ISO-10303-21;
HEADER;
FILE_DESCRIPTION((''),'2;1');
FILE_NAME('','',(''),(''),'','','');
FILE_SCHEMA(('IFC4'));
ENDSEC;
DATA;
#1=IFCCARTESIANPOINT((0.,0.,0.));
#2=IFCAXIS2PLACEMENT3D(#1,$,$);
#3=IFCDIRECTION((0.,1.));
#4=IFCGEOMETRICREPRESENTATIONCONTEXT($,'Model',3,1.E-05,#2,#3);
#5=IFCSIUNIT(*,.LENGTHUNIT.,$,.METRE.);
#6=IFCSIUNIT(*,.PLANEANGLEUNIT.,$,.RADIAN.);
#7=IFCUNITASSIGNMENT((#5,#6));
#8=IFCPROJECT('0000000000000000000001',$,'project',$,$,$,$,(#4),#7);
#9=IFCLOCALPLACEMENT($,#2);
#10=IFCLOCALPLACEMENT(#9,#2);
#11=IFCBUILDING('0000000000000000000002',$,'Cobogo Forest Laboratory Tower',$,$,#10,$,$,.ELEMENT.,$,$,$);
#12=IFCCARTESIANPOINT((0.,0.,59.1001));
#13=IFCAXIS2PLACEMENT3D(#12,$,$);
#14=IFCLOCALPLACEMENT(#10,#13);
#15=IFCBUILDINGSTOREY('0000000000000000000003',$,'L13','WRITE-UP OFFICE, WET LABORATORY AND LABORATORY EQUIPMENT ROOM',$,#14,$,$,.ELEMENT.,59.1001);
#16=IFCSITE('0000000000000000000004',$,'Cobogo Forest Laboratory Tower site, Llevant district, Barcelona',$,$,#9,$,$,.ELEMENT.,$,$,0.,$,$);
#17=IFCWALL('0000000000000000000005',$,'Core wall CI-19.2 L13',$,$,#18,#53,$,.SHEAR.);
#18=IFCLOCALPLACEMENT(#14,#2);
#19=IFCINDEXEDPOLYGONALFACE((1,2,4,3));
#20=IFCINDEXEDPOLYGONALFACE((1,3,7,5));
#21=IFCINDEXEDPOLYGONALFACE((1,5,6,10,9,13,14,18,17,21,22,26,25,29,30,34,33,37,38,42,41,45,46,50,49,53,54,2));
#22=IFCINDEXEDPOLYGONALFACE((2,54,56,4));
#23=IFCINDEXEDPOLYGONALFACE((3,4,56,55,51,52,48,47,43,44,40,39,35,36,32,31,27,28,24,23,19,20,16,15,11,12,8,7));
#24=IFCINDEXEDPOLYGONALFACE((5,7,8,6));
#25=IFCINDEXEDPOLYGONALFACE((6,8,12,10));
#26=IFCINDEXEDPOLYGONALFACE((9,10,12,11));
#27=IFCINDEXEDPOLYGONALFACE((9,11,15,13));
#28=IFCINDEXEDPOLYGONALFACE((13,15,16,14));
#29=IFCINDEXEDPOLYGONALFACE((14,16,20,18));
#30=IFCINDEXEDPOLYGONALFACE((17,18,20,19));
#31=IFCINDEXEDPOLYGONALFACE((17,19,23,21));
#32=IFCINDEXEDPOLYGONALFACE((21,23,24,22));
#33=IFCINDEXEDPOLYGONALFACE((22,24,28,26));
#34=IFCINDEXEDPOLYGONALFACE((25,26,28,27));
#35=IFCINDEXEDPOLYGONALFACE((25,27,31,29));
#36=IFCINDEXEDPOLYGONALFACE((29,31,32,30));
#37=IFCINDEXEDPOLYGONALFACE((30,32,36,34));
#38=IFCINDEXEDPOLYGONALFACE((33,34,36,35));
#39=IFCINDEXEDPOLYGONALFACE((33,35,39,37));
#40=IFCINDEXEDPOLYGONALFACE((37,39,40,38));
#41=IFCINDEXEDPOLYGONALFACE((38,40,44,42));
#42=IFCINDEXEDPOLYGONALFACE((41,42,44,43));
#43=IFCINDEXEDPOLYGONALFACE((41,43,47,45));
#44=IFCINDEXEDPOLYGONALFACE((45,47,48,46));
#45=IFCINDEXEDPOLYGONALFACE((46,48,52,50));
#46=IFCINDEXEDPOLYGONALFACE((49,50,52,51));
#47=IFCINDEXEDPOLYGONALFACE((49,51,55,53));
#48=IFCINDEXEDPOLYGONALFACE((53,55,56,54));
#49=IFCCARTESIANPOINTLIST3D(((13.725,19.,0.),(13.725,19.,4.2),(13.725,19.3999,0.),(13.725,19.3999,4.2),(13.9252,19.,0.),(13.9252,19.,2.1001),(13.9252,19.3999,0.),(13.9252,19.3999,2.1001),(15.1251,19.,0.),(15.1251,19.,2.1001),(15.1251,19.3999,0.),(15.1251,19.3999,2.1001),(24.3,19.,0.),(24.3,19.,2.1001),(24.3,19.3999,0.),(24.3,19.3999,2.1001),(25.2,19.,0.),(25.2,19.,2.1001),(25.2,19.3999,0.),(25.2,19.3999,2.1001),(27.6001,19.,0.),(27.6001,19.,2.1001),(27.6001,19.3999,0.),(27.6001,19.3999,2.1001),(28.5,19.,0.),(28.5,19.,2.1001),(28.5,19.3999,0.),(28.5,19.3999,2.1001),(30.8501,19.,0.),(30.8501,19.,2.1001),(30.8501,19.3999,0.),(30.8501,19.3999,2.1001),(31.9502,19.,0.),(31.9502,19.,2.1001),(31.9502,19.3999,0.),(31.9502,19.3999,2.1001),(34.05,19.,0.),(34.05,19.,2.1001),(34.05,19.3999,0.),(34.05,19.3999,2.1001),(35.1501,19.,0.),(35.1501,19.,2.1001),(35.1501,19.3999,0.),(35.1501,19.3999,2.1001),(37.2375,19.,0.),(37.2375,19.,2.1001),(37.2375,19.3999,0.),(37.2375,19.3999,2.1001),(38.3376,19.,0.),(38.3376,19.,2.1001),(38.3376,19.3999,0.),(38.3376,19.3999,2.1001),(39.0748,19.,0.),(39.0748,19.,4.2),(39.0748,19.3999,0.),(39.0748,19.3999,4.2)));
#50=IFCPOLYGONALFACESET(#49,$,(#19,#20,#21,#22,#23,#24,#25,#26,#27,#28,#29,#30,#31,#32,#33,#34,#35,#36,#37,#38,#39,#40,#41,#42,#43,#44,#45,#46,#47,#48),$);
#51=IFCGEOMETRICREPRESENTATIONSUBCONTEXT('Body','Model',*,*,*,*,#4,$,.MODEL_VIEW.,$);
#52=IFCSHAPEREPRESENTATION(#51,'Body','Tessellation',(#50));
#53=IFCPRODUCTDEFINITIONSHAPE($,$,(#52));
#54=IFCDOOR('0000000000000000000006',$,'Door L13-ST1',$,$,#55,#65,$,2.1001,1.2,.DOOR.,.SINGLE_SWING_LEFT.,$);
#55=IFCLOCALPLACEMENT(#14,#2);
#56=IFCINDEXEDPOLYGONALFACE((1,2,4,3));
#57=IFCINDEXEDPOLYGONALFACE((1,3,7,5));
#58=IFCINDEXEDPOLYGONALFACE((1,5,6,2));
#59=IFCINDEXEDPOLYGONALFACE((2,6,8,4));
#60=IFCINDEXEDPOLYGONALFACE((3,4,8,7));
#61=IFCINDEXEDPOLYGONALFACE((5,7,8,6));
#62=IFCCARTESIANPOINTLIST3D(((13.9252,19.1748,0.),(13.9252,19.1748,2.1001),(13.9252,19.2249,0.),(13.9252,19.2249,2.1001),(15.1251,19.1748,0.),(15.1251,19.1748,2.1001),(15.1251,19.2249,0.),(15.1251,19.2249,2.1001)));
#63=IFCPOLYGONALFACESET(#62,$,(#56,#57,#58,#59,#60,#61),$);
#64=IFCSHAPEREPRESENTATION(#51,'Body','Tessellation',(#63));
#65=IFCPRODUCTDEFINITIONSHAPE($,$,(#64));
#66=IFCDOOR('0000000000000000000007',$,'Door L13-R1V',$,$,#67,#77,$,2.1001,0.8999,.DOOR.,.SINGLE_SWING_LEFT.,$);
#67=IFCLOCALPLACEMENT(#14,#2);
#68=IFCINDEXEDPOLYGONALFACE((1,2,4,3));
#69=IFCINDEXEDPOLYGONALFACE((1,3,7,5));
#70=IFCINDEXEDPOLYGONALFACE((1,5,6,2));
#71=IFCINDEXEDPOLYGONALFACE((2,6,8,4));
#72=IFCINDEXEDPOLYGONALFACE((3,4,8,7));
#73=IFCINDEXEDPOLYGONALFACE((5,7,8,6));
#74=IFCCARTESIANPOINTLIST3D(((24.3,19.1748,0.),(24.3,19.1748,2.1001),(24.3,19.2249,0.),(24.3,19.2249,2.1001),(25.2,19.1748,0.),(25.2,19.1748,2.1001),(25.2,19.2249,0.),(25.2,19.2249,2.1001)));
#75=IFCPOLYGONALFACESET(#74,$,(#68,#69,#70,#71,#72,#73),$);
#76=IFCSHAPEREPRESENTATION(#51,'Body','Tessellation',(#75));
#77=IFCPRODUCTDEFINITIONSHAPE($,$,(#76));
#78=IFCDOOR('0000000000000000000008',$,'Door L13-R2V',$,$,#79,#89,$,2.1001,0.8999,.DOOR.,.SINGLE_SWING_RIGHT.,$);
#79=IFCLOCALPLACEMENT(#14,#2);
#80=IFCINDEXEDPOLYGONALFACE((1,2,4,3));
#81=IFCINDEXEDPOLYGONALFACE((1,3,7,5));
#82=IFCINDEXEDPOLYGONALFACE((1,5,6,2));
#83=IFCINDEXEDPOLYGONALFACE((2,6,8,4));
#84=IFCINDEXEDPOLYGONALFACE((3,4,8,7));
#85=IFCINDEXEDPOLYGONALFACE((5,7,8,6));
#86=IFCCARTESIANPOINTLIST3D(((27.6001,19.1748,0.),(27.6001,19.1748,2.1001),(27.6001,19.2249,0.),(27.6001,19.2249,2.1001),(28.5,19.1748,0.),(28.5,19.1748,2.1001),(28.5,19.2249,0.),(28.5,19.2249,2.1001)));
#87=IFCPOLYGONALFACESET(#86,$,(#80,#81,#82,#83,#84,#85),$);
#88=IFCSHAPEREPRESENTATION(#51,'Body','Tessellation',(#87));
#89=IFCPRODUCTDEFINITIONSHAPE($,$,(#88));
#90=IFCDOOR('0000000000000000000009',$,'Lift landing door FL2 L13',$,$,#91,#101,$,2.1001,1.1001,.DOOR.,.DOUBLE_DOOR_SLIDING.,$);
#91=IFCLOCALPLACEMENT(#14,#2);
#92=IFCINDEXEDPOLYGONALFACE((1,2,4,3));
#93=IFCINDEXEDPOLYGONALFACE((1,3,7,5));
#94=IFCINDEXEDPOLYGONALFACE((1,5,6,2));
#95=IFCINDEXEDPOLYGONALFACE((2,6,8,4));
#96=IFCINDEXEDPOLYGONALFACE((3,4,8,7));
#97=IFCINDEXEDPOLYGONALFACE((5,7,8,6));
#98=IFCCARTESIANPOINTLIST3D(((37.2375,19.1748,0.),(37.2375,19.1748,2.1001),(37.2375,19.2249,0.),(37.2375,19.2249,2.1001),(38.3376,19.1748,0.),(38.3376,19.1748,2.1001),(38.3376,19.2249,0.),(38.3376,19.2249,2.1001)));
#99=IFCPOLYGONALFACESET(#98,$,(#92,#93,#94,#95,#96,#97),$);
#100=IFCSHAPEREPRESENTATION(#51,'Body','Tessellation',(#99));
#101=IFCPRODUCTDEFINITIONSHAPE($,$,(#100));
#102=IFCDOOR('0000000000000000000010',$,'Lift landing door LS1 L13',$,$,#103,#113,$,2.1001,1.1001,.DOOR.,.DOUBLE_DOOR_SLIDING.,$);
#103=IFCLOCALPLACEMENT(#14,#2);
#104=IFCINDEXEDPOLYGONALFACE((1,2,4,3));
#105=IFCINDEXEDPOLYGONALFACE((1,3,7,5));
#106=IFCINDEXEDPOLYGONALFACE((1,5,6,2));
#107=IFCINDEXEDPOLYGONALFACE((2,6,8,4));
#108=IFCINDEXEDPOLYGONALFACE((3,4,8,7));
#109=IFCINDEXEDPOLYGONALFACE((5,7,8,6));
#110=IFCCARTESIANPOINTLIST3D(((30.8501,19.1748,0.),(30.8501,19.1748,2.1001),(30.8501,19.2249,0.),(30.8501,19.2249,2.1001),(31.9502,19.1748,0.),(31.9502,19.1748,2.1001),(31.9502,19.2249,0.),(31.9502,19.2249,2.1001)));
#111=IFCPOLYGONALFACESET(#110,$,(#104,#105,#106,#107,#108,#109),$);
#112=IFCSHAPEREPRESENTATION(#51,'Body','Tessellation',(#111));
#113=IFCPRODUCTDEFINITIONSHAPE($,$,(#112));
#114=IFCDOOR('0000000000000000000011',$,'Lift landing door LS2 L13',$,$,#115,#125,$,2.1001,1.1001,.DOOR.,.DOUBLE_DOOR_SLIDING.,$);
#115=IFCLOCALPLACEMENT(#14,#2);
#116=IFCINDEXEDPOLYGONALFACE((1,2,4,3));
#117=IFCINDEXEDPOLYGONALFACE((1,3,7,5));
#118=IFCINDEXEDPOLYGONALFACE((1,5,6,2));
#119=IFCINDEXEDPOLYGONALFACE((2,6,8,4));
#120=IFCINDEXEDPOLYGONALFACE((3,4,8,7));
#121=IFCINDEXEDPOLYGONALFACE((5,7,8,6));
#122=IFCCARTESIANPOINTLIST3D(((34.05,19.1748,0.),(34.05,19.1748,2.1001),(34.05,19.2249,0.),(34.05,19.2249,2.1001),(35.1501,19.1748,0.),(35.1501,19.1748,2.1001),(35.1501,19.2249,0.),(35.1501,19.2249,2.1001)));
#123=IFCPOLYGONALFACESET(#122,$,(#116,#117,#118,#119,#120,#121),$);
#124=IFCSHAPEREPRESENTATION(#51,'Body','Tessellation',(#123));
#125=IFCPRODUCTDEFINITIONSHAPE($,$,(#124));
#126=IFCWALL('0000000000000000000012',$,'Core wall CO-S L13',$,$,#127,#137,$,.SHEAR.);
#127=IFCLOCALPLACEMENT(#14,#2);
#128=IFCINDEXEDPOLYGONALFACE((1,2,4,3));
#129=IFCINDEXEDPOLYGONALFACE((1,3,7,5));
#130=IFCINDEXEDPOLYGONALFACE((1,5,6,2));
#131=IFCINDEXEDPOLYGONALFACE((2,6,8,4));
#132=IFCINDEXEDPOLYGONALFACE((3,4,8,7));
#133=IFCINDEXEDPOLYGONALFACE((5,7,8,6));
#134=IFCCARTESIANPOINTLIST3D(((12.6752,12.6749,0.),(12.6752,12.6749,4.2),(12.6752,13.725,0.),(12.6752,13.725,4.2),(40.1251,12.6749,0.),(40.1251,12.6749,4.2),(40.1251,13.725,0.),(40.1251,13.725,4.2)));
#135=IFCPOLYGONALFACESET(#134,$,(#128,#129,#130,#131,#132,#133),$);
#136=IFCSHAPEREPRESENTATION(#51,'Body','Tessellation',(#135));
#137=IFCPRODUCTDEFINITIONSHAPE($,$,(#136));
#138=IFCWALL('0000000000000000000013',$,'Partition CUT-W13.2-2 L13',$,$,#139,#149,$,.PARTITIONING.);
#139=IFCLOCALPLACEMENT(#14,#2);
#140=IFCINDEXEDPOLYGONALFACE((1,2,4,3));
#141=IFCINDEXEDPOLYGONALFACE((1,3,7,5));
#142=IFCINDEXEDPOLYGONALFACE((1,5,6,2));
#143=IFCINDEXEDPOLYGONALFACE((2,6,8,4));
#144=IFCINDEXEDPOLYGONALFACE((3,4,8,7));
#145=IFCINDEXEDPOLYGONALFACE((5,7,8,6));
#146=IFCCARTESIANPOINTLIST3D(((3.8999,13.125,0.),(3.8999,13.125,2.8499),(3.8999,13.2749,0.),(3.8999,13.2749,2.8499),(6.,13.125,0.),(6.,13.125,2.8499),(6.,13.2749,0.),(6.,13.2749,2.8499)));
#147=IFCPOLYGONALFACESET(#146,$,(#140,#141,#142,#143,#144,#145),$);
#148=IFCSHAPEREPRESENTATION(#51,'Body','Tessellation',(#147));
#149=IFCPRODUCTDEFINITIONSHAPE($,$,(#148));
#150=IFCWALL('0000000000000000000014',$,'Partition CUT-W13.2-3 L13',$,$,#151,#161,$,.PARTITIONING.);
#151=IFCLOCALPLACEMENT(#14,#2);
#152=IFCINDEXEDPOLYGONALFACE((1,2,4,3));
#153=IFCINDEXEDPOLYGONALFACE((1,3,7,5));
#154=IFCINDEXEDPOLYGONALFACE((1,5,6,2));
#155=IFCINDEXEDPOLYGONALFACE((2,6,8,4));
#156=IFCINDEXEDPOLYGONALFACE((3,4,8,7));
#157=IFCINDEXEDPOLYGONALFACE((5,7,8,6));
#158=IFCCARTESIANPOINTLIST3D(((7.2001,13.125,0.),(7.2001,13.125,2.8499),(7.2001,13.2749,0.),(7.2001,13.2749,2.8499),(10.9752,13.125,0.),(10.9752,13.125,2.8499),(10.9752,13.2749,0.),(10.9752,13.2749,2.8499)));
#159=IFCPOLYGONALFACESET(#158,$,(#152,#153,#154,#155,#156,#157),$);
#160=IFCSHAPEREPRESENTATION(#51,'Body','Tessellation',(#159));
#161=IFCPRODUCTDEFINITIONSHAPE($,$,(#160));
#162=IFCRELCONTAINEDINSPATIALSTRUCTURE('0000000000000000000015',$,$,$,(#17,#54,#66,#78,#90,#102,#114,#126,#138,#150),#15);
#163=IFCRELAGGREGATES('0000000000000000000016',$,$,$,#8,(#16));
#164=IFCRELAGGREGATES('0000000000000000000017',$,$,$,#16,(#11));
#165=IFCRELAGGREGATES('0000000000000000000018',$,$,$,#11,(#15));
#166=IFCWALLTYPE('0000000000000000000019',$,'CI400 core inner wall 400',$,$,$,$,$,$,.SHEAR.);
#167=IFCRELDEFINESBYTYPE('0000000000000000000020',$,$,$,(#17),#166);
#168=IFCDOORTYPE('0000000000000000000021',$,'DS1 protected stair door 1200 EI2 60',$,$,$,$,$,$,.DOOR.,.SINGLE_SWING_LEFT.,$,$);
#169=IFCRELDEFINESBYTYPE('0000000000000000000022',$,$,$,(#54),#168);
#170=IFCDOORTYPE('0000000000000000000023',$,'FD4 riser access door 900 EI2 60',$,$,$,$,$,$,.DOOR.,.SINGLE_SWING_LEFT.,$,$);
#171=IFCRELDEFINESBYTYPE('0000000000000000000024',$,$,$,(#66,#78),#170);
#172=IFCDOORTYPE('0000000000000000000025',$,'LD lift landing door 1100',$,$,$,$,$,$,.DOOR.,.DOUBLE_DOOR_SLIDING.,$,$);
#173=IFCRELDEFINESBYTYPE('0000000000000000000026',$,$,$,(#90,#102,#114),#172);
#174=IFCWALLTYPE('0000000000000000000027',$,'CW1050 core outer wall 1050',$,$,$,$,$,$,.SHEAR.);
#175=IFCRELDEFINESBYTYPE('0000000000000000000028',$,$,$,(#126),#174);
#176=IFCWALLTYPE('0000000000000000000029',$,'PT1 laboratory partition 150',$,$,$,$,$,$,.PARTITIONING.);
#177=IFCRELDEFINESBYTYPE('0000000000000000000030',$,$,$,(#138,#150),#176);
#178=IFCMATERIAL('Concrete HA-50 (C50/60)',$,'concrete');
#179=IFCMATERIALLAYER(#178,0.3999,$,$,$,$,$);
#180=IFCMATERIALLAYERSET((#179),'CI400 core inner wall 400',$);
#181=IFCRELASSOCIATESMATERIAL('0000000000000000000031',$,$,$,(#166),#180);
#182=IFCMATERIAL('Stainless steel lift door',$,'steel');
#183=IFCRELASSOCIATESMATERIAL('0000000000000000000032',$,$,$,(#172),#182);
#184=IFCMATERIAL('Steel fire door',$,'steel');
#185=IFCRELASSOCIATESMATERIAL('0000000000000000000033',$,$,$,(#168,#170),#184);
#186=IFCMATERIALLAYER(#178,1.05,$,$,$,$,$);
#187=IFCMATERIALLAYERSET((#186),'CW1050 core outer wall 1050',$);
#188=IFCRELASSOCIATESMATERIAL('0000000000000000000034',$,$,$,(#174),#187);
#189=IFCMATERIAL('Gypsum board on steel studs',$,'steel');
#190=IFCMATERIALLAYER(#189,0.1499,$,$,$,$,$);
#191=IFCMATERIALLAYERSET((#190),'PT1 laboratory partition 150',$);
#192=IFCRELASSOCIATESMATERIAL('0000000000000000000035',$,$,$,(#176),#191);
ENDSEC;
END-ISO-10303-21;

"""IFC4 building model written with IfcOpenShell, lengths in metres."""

from ifc_helpers import new_model, si_unit, direction, frame, frame_2d, origin, place, context, subcontext, project, spatial, rectangle, extrude, material, layer, layer_set, type_object, element, fill, save


model = new_model("IFC4")

# Units and contexts
model_context = context("Model", 3, precision=1e-05, world=origin(), true_north=direction((0.0, 1.0)))
body_context = subcontext(model_context, "Body", "Model", "MODEL_VIEW")
ifc_project = project(units=[si_unit("LENGTHUNIT", "METRE"), si_unit("PLANEANGLEUNIT", "RADIAN")], contexts=[model_context])

# Site, building, storey
site_placement = place(None, origin())
site = spatial("IfcSite", under=ifc_project, at=site_placement, Name="Cobogo Forest Laboratory Tower site, Llevant district, Barcelona", CompositionType="ELEMENT", RefElevation=0.0)
building_placement = place(site_placement, origin())
building = spatial("IfcBuilding", under=site, at=building_placement, Name="Cobogo Forest Laboratory Tower", CompositionType="ELEMENT")
storey_placement = place(building_placement, frame((0.0, 0.0, 59.1001)))
storey = spatial("IfcBuildingStorey", under=building, at=storey_placement, Name="L13", Description="WRITE-UP OFFICE, WET LABORATORY AND LABORATORY EQUIPMENT ROOM", CompositionType="ELEMENT", Elevation=59.1001)

# Shared definitions
ifc_material_1 = material(Name="Concrete HA-50 (C50/60)", Category="concrete")

# Wall, openings, doors
ifc_layer_1 = layer(ifc_material_1, 0.3999)
ifc_layer_set_1 = layer_set([ifc_layer_1], Name="CI400 core inner wall 400")
wall_type_1 = type_object("IfcWallType", Name="CI400 core inner wall 400", PredefinedType="SHEAR", material=ifc_layer_set_1)
ifc_material_2 = material(Name="Stainless steel lift door", Category="steel")
door_type_1 = type_object("IfcDoorType", Name="LD lift landing door 1100", OperationType="DOUBLE_DOOR_SLIDING", PredefinedType="DOOR", material=ifc_material_2)
wall_1_placement = place(storey_placement, frame((13.7251, 19.2, 0.0), z_axis=(0.0, 0.0, 1.0), x_axis=(1.0, 0.0, 0.0)))
wall_1 = element("IfcWall", 1, at=wall_1_placement, inside=storey, type_object=wall_type_1, Name="Core wall CI-19.2 L13", PredefinedType="SHEAR", context=body_context, shape_type="SweptSolid", body=[
    extrude(rectangle(XDim=25.3499, YDim=0.3999, at=frame_2d((12.6748, 0.0))), origin(), (0.0, 0.0, 1.0), 4.2),
])
opening_1_placement = place(wall_1_placement, frame((10.575, 0.0, 0.0)))
opening_1 = element("IfcOpeningElement", 2, at=opening_1_placement, cuts=wall_1, PredefinedType="OPENING", context=body_context, shape_type="SweptSolid", body=[
    extrude(rectangle(XDim=0.8999, YDim=2.1001, at=frame_2d((0.45, 1.05))), frame((0.0, 0.21, 0.0), z_axis=(0.0, -1.0, 0.0), x_axis=(1.0, 0.0, 0.0)), (0.0, 0.0, 1.0), 0.4199),
])
opening_2_placement = place(wall_1_placement, frame((13.875, 0.0, 0.0)))
opening_2 = element("IfcOpeningElement", 3, at=opening_2_placement, cuts=wall_1, PredefinedType="OPENING", context=body_context, shape_type="SweptSolid", body=[
    extrude(rectangle(XDim=0.8999, YDim=2.1001, at=frame_2d((0.45, 1.05))), frame((0.0, 0.21, 0.0), z_axis=(0.0, -1.0, 0.0), x_axis=(1.0, 0.0, 0.0)), (0.0, 0.0, 1.0), 0.4199),
])
opening_3_placement = place(wall_1_placement, frame((0.2, 0.0, 0.0)))
opening_3 = element("IfcOpeningElement", 4, at=opening_3_placement, cuts=wall_1, PredefinedType="OPENING", context=body_context, shape_type="SweptSolid", body=[
    extrude(rectangle(XDim=1.2, YDim=2.1001, at=frame_2d((0.6001, 1.05))), frame((0.0, 0.21, 0.0), z_axis=(0.0, -1.0, 0.0), x_axis=(1.0, 0.0, 0.0)), (0.0, 0.0, 1.0), 0.4199),
])
opening_4_placement = place(wall_1_placement, frame((23.5125, 0.0, 0.0)))
opening_4 = element("IfcOpeningElement", 5, at=opening_4_placement, cuts=wall_1, PredefinedType="OPENING", context=body_context, shape_type="SweptSolid", body=[
    extrude(rectangle(XDim=1.1001, YDim=2.1001, at=frame_2d((0.55, 1.05))), frame((0.0, 0.21, 0.0), z_axis=(0.0, -1.0, 0.0), x_axis=(1.0, 0.0, 0.0)), (0.0, 0.0, 1.0), 0.4199),
])
opening_5_placement = place(wall_1_placement, frame((17.125, 0.0, 0.0)))
opening_5 = element("IfcOpeningElement", 6, at=opening_5_placement, cuts=wall_1, PredefinedType="OPENING", context=body_context, shape_type="SweptSolid", body=[
    extrude(rectangle(XDim=1.1001, YDim=2.1001, at=frame_2d((0.55, 1.05))), frame((0.0, 0.21, 0.0), z_axis=(0.0, -1.0, 0.0), x_axis=(1.0, 0.0, 0.0)), (0.0, 0.0, 1.0), 0.4199),
])
opening_6_placement = place(wall_1_placement, frame((20.325, 0.0, 0.0)))
opening_6 = element("IfcOpeningElement", 7, at=opening_6_placement, cuts=wall_1, PredefinedType="OPENING", context=body_context, shape_type="SweptSolid", body=[
    extrude(rectangle(XDim=1.1001, YDim=2.1001, at=frame_2d((0.55, 1.05))), frame((0.0, 0.21, 0.0), z_axis=(0.0, -1.0, 0.0), x_axis=(1.0, 0.0, 0.0)), (0.0, 0.0, 1.0), 0.4199),
])
ifc_material_3 = material(Name="Steel fire door", Category="steel")
door_type_2 = type_object("IfcDoorType", Name="DS1 protected stair door 1200 EI2 60", OperationType="SINGLE_SWING_LEFT", PredefinedType="DOOR", material=ifc_material_3)
door_1_placement = place(opening_3_placement, origin())
door_1 = element("IfcDoor", 8, at=door_1_placement, inside=storey, type_object=door_type_2, Name="Door L13-ST1", OperationType="SINGLE_SWING_LEFT", OverallHeight=2.1001, OverallWidth=1.2, PredefinedType="DOOR", context=body_context, shape_type="SweptSolid", body=[
    extrude(rectangle(XDim=1.2, YDim=2.1001, at=frame_2d((0.6001, 1.05))), frame((0.0, 0.0249, 0.0), z_axis=(0.0, -1.0, 0.0), x_axis=(1.0, 0.0, 0.0)), (0.0, 0.0, 1.0), 0.05),
])
fill(opening_3, door_1)
door_type_3 = type_object("IfcDoorType", Name="FD4 riser access door 900 EI2 60", OperationType="SINGLE_SWING_LEFT", PredefinedType="DOOR", material=ifc_material_3)
door_2_placement = place(opening_1_placement, origin())
door_2 = element("IfcDoor", 9, at=door_2_placement, inside=storey, type_object=door_type_3, Name="Door L13-R1V", OperationType="SINGLE_SWING_LEFT", OverallHeight=2.1001, OverallWidth=0.8999, PredefinedType="DOOR", context=body_context, shape_type="SweptSolid", body=[
    extrude(rectangle(XDim=0.8999, YDim=2.1001, at=frame_2d((0.45, 1.05))), frame((0.0, 0.0249, 0.0), z_axis=(0.0, -1.0, 0.0), x_axis=(1.0, 0.0, 0.0)), (0.0, 0.0, 1.0), 0.05),
])
fill(opening_1, door_2)
door_3_placement = place(opening_2_placement, origin())
door_3 = element("IfcDoor", 10, at=door_3_placement, inside=storey, type_object=door_type_3, Name="Door L13-R2V", OperationType="SINGLE_SWING_RIGHT", OverallHeight=2.1001, OverallWidth=0.8999, PredefinedType="DOOR", context=body_context, shape_type="SweptSolid", body=[
    extrude(rectangle(XDim=0.8999, YDim=2.1001, at=frame_2d((0.45, 1.05))), frame((0.0, 0.0249, 0.0), z_axis=(0.0, -1.0, 0.0), x_axis=(1.0, 0.0, 0.0)), (0.0, 0.0, 1.0), 0.05),
])
fill(opening_2, door_3)
door_4_placement = place(opening_4_placement, origin())
door_4 = element("IfcDoor", 11, at=door_4_placement, inside=storey, type_object=door_type_1, Name="Lift landing door FL2 L13", OperationType="DOUBLE_DOOR_SLIDING", OverallHeight=2.1001, OverallWidth=1.1001, PredefinedType="DOOR", context=body_context, shape_type="SweptSolid", body=[
    extrude(rectangle(XDim=1.1001, YDim=2.1001, at=frame_2d((0.55, 1.05))), frame((0.0, 0.0249, 0.0), z_axis=(0.0, -1.0, 0.0), x_axis=(1.0, 0.0, 0.0)), (0.0, 0.0, 1.0), 0.05),
])
fill(opening_4, door_4)
door_5_placement = place(opening_5_placement, origin())
door_5 = element("IfcDoor", 12, at=door_5_placement, inside=storey, type_object=door_type_1, Name="Lift landing door LS1 L13", OperationType="DOUBLE_DOOR_SLIDING", OverallHeight=2.1001, OverallWidth=1.1001, PredefinedType="DOOR", context=body_context, shape_type="SweptSolid", body=[
    extrude(rectangle(XDim=1.1001, YDim=2.1001, at=frame_2d((0.55, 1.05))), frame((0.0, 0.0249, 0.0), z_axis=(0.0, -1.0, 0.0), x_axis=(1.0, 0.0, 0.0)), (0.0, 0.0, 1.0), 0.05),
])
fill(opening_5, door_5)
door_6_placement = place(opening_6_placement, origin())
door_6 = element("IfcDoor", 13, at=door_6_placement, inside=storey, type_object=door_type_1, Name="Lift landing door LS2 L13", OperationType="DOUBLE_DOOR_SLIDING", OverallHeight=2.1001, OverallWidth=1.1001, PredefinedType="DOOR", context=body_context, shape_type="SweptSolid", body=[
    extrude(rectangle(XDim=1.1001, YDim=2.1001, at=frame_2d((0.55, 1.05))), frame((0.0, 0.0249, 0.0), z_axis=(0.0, -1.0, 0.0), x_axis=(1.0, 0.0, 0.0)), (0.0, 0.0, 1.0), 0.05),
])
fill(opening_6, door_6)

# Walls
ifc_layer_2 = layer(ifc_material_1, 1.05)
ifc_layer_set_2 = layer_set([ifc_layer_2], Name="CW1050 core outer wall 1050")
wall_type_2 = type_object("IfcWallType", Name="CW1050 core outer wall 1050", PredefinedType="SHEAR", material=ifc_layer_set_2)
wall_2_placement = place(storey_placement, frame((12.675, 13.2, 0.0), z_axis=(0.0, 0.0, 1.0), x_axis=(1.0, 0.0, 0.0)))
element("IfcWall", 14, at=wall_2_placement, inside=storey, type_object=wall_type_2, Name="Core wall CO-S L13", PredefinedType="SHEAR", context=body_context, shape_type="SweptSolid", body=[
    extrude(rectangle(XDim=27.45, YDim=1.05, at=frame_2d((13.7251, 0.0))), origin(), (0.0, 0.0, 1.0), 4.2),
])
ifc_material_4 = material(Name="Gypsum board on steel studs", Category="steel")
ifc_layer_3 = layer(ifc_material_4, 0.1499)
ifc_layer_set_3 = layer_set([ifc_layer_3], Name="PT1 laboratory partition 150")
wall_type_3 = type_object("IfcWallType", Name="PT1 laboratory partition 150", PredefinedType="PARTITIONING", material=ifc_layer_set_3)
wall_3_placement = place(storey_placement, frame((3.8999, 13.2, 0.0), z_axis=(0.0, 0.0, 1.0), x_axis=(1.0, 0.0, 0.0)))
element("IfcWall", 15, at=wall_3_placement, inside=storey, type_object=wall_type_3, Name="Partition CUT-W13.2-2 L13", PredefinedType="PARTITIONING", context=body_context, shape_type="SweptSolid", body=[
    extrude(rectangle(XDim=2.1001, YDim=0.1499, at=frame_2d((1.05, 0.0))), origin(), (0.0, 0.0, 1.0), 2.8499),
])
wall_4_placement = place(storey_placement, frame((7.2, 13.2, 0.0), z_axis=(0.0, 0.0, 1.0), x_axis=(1.0, 0.0, 0.0)))
element("IfcWall", 16, at=wall_4_placement, inside=storey, type_object=wall_type_3, Name="Partition CUT-W13.2-3 L13", PredefinedType="PARTITIONING", context=body_context, shape_type="SweptSolid", body=[
    extrude(rectangle(XDim=3.7751, YDim=0.1499, at=frame_2d((1.8877, 0.0))), origin(), (0.0, 0.0, 1.0), 2.8499),
])

save(model, "model.ifc")
